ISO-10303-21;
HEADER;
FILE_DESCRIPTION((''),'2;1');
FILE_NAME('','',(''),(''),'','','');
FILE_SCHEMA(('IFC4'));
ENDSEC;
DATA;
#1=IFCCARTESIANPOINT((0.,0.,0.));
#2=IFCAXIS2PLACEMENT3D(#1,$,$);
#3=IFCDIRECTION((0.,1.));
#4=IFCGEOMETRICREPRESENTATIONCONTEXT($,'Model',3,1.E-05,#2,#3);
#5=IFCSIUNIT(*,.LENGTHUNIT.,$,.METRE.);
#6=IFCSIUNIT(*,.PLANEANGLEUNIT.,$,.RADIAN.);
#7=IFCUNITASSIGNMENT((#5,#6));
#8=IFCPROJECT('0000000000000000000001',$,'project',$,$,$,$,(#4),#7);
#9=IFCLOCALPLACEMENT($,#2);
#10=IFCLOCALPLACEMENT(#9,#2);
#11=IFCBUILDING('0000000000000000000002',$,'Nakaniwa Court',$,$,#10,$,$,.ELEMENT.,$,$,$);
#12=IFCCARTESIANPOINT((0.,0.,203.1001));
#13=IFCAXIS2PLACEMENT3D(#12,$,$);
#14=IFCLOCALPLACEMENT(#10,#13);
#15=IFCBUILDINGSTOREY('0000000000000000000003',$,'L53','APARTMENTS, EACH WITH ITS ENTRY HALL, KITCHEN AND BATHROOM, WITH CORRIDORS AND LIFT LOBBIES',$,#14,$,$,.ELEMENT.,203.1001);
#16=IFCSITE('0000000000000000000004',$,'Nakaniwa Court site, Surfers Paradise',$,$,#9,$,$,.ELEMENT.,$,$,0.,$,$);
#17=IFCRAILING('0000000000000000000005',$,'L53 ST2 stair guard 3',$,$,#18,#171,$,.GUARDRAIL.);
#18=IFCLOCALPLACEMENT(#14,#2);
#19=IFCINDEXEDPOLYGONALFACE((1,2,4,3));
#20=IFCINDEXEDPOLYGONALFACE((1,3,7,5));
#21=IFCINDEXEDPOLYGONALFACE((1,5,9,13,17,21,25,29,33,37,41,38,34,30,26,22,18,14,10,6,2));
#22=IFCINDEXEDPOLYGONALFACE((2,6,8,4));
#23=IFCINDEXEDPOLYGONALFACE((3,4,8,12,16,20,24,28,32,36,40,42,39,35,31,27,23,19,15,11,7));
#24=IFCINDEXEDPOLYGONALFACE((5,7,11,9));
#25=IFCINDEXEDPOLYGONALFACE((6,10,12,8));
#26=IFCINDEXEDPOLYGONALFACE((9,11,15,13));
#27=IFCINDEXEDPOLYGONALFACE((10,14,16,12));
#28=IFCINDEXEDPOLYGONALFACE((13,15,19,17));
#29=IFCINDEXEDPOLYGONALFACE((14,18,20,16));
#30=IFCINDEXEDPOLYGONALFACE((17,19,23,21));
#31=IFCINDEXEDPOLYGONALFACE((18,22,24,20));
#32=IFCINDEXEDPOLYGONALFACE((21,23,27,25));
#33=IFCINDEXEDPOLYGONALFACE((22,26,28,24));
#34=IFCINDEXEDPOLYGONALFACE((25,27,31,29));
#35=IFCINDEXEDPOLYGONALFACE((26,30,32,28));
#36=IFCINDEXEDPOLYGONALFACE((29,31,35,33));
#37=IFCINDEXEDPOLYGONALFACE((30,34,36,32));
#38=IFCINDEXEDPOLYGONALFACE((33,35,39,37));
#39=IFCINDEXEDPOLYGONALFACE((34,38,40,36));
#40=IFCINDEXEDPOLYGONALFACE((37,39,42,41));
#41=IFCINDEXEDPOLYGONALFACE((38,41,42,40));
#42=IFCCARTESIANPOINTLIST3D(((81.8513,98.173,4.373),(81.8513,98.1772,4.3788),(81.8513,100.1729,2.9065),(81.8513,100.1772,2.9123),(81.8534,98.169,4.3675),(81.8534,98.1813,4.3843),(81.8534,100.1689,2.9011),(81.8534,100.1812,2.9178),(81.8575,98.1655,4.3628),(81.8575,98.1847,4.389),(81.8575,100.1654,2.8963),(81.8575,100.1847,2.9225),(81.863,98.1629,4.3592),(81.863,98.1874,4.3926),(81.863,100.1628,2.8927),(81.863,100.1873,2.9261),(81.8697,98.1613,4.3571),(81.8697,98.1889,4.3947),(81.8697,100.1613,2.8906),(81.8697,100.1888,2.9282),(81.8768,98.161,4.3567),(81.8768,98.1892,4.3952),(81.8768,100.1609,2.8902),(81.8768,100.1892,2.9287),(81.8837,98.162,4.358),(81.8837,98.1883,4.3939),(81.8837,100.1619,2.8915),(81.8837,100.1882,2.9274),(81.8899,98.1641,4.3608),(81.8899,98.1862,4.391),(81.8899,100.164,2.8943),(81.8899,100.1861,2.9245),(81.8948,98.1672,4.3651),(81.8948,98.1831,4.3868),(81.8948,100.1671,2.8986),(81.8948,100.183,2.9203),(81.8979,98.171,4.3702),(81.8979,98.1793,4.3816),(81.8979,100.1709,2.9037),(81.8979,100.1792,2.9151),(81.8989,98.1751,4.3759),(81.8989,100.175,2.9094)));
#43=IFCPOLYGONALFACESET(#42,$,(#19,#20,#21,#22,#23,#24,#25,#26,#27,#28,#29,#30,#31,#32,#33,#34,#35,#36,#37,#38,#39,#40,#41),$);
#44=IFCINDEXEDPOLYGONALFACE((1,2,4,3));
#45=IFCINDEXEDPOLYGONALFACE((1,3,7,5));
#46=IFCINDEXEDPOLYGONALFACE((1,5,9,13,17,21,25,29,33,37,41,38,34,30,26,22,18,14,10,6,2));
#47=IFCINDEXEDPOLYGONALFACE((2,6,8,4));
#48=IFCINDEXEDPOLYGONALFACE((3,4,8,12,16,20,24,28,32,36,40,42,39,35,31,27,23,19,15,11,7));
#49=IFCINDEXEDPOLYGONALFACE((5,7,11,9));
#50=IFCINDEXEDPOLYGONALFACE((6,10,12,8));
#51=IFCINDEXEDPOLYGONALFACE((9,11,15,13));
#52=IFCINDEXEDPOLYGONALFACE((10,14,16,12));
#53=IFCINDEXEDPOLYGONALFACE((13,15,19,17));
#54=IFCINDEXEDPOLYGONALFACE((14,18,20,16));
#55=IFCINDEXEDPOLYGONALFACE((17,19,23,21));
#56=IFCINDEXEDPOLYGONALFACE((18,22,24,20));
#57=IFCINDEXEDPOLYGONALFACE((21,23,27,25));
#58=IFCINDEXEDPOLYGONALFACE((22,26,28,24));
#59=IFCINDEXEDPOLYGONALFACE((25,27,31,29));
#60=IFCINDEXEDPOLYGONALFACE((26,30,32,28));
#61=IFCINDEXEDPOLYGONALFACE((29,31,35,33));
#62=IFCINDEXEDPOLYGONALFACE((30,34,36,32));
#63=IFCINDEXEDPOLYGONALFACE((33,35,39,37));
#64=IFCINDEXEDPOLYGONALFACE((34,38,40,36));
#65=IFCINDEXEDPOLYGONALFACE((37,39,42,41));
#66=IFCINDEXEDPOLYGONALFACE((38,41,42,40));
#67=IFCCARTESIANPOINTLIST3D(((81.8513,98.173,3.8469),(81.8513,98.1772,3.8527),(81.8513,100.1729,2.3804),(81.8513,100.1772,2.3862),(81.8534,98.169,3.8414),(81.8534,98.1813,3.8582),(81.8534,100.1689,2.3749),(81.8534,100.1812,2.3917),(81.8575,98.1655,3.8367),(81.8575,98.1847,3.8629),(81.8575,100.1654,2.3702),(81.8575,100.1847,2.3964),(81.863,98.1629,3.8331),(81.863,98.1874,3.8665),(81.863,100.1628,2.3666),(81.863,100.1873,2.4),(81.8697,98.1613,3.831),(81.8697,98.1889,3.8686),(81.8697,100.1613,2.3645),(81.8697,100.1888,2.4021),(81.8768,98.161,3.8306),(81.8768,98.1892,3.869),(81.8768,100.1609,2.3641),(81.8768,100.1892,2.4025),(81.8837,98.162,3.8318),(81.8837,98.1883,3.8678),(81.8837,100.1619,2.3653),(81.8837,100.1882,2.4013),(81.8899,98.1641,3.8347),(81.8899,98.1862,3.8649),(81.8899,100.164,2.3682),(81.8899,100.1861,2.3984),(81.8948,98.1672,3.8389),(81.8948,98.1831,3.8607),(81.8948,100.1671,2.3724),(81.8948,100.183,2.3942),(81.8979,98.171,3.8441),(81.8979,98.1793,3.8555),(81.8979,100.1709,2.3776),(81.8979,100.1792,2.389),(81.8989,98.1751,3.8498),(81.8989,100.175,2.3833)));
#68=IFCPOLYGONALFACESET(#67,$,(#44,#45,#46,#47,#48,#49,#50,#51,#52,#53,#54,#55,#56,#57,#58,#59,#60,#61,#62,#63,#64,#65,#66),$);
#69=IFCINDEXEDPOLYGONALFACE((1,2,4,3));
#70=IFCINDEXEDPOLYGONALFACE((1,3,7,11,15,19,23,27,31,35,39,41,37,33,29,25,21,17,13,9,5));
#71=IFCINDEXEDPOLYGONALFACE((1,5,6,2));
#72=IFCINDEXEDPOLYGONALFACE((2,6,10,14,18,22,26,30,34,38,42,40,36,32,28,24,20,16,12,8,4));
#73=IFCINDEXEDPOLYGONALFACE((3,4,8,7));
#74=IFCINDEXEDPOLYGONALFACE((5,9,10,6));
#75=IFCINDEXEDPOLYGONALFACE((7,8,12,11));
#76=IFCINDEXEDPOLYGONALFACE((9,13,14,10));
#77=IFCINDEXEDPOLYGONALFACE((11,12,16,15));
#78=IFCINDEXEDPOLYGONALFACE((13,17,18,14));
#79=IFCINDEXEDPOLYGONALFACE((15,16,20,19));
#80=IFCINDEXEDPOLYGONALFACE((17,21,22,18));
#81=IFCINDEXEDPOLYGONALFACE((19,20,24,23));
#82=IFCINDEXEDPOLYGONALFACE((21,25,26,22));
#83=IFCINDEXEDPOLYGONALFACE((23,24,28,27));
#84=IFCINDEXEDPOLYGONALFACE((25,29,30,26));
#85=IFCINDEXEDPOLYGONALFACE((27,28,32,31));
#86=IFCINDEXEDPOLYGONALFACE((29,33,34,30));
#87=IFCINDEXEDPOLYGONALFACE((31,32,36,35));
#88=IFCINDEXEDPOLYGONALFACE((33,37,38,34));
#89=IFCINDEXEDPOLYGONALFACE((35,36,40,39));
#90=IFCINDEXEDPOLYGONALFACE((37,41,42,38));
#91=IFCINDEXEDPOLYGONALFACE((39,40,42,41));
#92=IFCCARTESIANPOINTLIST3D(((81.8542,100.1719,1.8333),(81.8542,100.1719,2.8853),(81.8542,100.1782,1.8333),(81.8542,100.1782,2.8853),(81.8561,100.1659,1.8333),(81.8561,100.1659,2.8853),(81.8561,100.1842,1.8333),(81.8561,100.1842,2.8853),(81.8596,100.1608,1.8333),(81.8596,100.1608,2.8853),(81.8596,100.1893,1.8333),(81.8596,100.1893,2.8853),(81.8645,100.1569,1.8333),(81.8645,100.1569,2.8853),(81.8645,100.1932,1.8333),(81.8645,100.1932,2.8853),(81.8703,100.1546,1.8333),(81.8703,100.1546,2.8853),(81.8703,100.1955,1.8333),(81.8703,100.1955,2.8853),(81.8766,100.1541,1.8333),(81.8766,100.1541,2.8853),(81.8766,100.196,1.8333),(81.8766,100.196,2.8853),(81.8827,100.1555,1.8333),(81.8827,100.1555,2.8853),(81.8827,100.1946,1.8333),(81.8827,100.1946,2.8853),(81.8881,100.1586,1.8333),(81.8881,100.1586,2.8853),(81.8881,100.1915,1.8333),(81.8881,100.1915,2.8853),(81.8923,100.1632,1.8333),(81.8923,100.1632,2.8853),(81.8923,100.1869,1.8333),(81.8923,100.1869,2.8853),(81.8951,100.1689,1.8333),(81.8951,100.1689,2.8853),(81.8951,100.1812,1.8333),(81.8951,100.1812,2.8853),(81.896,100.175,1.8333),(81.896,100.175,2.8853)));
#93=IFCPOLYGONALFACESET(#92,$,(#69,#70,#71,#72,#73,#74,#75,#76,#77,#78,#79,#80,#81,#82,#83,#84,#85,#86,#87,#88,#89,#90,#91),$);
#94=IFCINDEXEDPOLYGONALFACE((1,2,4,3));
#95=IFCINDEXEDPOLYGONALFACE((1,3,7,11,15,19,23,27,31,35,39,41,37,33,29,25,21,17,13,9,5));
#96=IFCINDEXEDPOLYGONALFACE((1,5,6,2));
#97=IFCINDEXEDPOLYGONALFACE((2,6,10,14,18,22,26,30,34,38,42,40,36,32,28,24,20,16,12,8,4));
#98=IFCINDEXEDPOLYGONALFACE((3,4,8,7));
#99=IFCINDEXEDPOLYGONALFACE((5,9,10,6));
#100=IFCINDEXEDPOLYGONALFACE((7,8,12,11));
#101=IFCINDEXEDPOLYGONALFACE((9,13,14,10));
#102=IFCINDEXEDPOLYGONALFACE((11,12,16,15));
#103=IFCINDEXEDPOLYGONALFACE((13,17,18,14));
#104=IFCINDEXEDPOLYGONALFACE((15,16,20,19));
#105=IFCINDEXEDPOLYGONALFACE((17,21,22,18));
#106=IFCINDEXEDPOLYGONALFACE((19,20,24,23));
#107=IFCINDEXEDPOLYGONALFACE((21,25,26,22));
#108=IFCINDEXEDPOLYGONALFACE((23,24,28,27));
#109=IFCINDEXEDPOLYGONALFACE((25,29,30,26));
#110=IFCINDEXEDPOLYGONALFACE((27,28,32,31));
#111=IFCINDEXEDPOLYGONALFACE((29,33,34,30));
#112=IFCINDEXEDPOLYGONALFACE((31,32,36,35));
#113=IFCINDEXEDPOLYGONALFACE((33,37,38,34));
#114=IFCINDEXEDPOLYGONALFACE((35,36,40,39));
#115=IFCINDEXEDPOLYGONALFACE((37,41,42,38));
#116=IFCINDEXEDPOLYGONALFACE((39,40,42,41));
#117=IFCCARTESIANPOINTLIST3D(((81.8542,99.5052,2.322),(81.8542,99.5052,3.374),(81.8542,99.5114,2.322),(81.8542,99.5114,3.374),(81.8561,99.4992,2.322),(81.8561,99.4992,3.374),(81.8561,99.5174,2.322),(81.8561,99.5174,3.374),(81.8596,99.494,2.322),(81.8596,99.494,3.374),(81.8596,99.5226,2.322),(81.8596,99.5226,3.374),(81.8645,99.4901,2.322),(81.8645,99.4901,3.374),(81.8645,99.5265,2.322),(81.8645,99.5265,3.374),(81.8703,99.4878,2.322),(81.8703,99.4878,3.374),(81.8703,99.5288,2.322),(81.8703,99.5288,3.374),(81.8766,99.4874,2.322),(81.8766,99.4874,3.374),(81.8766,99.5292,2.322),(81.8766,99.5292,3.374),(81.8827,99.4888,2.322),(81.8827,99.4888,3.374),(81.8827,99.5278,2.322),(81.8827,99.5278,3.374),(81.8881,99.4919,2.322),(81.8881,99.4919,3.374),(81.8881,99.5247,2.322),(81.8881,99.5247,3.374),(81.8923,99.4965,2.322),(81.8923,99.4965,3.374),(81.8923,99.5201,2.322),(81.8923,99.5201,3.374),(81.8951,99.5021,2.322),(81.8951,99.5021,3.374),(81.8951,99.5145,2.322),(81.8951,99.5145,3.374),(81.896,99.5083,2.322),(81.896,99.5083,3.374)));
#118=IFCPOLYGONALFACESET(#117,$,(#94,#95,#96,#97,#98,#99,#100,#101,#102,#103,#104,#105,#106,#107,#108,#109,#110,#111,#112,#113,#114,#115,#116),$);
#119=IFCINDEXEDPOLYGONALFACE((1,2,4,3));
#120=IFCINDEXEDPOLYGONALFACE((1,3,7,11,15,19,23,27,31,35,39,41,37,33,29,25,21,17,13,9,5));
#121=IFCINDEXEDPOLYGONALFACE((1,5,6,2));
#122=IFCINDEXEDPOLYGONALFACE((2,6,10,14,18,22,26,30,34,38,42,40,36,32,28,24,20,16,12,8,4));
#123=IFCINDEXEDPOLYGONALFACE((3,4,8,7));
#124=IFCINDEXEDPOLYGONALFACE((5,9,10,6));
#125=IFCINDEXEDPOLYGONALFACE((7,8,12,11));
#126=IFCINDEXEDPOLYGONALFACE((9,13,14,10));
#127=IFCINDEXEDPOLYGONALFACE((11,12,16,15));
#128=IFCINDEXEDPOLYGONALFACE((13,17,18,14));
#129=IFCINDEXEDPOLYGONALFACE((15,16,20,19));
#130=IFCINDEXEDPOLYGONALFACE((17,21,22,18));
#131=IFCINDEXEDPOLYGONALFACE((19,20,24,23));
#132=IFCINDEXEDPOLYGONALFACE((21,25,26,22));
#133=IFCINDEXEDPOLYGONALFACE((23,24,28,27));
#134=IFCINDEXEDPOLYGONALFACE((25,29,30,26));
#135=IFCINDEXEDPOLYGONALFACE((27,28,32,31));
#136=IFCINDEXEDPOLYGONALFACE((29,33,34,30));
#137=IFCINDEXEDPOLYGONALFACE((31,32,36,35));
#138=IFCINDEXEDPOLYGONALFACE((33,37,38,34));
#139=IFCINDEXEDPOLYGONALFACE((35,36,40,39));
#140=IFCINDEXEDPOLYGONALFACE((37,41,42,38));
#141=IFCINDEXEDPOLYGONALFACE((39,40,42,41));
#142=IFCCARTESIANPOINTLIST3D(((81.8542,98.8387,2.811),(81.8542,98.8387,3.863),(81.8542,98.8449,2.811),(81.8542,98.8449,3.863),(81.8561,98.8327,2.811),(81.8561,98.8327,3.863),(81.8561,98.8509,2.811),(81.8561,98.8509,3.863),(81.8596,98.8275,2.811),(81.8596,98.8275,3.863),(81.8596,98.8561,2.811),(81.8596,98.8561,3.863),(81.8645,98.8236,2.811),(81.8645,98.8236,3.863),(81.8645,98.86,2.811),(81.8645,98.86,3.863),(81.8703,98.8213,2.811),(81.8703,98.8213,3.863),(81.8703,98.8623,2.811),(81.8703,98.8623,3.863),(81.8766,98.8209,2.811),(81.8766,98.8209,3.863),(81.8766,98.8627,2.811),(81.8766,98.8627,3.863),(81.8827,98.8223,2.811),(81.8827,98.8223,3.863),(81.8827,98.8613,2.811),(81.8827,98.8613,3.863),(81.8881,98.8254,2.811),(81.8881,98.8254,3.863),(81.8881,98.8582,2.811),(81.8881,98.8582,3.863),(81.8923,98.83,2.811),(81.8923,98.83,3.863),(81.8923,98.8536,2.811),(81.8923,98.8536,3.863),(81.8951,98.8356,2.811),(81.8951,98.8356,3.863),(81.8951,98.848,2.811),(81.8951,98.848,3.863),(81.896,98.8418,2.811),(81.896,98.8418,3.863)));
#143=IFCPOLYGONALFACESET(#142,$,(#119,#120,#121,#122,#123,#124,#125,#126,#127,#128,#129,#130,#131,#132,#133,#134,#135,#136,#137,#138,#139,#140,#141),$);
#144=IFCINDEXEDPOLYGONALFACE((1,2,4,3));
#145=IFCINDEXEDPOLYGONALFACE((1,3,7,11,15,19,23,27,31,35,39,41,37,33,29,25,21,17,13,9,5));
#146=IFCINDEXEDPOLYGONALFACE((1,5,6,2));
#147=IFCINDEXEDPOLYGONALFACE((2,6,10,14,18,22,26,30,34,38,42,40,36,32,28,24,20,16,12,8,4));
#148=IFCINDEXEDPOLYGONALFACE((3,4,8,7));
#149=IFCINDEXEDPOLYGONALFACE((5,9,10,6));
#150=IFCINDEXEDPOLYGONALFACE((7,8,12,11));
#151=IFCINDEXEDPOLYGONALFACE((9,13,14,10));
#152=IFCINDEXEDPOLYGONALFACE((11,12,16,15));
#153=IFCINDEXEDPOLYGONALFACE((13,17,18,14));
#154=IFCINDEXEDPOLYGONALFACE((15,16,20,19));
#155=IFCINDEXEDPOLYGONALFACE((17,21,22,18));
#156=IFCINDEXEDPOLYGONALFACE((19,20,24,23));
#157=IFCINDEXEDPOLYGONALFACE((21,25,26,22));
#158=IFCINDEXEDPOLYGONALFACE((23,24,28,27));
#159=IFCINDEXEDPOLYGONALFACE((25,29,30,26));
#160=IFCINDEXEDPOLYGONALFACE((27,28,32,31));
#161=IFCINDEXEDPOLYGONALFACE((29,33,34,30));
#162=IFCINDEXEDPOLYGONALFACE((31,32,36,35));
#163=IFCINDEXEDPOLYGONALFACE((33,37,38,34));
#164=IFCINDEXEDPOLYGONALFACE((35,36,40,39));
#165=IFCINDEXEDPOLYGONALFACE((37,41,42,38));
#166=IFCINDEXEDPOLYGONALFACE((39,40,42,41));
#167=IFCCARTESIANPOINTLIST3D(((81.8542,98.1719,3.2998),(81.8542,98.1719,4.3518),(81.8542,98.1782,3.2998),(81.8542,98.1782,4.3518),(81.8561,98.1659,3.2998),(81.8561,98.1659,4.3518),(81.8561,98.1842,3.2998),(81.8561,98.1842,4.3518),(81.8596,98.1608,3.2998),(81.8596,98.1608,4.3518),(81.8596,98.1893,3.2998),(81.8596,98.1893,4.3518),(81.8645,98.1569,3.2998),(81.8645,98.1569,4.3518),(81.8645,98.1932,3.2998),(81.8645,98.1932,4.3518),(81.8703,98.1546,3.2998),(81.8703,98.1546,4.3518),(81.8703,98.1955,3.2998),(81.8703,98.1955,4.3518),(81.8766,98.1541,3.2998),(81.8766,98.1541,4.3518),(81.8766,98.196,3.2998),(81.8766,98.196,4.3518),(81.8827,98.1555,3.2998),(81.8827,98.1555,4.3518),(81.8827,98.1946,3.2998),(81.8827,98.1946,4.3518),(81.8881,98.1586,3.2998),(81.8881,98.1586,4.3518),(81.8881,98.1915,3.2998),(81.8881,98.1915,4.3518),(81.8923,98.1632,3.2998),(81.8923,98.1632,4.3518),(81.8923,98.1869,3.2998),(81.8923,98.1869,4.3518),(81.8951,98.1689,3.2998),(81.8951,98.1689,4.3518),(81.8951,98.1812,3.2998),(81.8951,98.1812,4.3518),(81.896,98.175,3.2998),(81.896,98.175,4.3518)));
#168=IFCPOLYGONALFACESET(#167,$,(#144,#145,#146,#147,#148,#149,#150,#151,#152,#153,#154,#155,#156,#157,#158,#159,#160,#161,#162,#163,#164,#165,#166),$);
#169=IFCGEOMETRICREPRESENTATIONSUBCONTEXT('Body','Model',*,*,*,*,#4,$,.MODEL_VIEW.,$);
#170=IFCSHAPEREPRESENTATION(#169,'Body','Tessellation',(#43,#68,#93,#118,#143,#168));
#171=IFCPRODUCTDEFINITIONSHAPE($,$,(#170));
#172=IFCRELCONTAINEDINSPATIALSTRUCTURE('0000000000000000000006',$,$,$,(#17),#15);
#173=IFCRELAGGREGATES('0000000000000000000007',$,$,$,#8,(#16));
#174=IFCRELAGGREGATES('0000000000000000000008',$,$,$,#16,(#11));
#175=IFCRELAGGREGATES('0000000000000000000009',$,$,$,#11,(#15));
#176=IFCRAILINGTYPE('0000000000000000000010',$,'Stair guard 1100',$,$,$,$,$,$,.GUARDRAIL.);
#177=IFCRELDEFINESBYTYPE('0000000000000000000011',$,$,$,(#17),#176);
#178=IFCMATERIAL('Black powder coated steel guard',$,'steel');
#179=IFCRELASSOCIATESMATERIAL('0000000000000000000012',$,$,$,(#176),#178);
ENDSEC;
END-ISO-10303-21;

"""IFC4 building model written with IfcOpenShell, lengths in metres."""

from ifc_helpers import new_model, si_unit, direction, frame, origin, origin_2d, place, context, subcontext, project, spatial, circle, extrude, material, type_object, element, save


model = new_model("IFC4")

# Units and contexts
model_context = context("Model", 3, precision=1e-05, world=origin(), true_north=direction((0.0, 1.0)))
body_context = subcontext(model_context, "Body", "Model", "MODEL_VIEW")
ifc_project = project(units=[si_unit("LENGTHUNIT", "METRE"), si_unit("PLANEANGLEUNIT", "RADIAN")], contexts=[model_context])

# Site, building, storey
site_placement = place(None, origin())
site = spatial("IfcSite", under=ifc_project, at=site_placement, Name="Nakaniwa Court site, Surfers Paradise", CompositionType="ELEMENT", RefElevation=0.0)
building_placement = place(site_placement, origin())
building = spatial("IfcBuilding", under=site, at=building_placement, Name="Nakaniwa Court", CompositionType="ELEMENT")
storey_placement = place(building_placement, frame((0.0, 0.0, 203.1001)))
storey = spatial("IfcBuildingStorey", under=building, at=storey_placement, Name="L53", Description="APARTMENTS, EACH WITH ITS ENTRY HALL, KITCHEN AND BATHROOM, WITH CORRIDORS AND LIFT LOBBIES", CompositionType="ELEMENT", Elevation=203.1001)

# Railing
ifc_material_1 = material(Name="Black powder coated steel guard", Category="steel")
railing_type_1 = type_object("IfcRailingType", Name="Stair guard 1100", PredefinedType="GUARDRAIL", material=ifc_material_1)
railing_1_placement = place(storey_placement, frame((81.875, 100.175, 1.8333)))
element("IfcRailing", 1, at=railing_1_placement, inside=storey, type_object=railing_type_1, Name="L53 ST2 stair guard 3", PredefinedType="GUARDRAIL", context=body_context, shape_type="SweptSolid", body=[
    extrude(circle(Radius=0.0239, at=origin_2d()), frame((0.0, 0.0, 1.0762), z_axis=(0.0, -0.806427, 0.591334), x_axis=(1.0, 0.0, 0.0)), (0.0, 0.0, 1.0), 2.48),
    extrude(circle(Radius=0.0239, at=origin_2d()), frame((0.0, 0.0, 0.55), z_axis=(0.0, -0.806427, 0.591334), x_axis=(1.0, 0.0, 0.0)), (0.0, 0.0, 1.0), 2.48),
    extrude(circle(Radius=0.021, at=origin_2d()), origin(), (0.0, 0.0, 1.0), 1.052),
    extrude(circle(Radius=0.021, at=origin_2d()), frame((0.0, -0.6667, 0.4888)), (0.0, 0.0, 1.0), 1.052),
    extrude(circle(Radius=0.021, at=origin_2d()), frame((0.0, -1.3333, 0.9778)), (0.0, 0.0, 1.0), 1.052),
    extrude(circle(Radius=0.021, at=origin_2d()), frame((0.0, -2.0, 1.4666)), (0.0, 0.0, 1.0), 1.052),
])

save(model, "model.ifc")
